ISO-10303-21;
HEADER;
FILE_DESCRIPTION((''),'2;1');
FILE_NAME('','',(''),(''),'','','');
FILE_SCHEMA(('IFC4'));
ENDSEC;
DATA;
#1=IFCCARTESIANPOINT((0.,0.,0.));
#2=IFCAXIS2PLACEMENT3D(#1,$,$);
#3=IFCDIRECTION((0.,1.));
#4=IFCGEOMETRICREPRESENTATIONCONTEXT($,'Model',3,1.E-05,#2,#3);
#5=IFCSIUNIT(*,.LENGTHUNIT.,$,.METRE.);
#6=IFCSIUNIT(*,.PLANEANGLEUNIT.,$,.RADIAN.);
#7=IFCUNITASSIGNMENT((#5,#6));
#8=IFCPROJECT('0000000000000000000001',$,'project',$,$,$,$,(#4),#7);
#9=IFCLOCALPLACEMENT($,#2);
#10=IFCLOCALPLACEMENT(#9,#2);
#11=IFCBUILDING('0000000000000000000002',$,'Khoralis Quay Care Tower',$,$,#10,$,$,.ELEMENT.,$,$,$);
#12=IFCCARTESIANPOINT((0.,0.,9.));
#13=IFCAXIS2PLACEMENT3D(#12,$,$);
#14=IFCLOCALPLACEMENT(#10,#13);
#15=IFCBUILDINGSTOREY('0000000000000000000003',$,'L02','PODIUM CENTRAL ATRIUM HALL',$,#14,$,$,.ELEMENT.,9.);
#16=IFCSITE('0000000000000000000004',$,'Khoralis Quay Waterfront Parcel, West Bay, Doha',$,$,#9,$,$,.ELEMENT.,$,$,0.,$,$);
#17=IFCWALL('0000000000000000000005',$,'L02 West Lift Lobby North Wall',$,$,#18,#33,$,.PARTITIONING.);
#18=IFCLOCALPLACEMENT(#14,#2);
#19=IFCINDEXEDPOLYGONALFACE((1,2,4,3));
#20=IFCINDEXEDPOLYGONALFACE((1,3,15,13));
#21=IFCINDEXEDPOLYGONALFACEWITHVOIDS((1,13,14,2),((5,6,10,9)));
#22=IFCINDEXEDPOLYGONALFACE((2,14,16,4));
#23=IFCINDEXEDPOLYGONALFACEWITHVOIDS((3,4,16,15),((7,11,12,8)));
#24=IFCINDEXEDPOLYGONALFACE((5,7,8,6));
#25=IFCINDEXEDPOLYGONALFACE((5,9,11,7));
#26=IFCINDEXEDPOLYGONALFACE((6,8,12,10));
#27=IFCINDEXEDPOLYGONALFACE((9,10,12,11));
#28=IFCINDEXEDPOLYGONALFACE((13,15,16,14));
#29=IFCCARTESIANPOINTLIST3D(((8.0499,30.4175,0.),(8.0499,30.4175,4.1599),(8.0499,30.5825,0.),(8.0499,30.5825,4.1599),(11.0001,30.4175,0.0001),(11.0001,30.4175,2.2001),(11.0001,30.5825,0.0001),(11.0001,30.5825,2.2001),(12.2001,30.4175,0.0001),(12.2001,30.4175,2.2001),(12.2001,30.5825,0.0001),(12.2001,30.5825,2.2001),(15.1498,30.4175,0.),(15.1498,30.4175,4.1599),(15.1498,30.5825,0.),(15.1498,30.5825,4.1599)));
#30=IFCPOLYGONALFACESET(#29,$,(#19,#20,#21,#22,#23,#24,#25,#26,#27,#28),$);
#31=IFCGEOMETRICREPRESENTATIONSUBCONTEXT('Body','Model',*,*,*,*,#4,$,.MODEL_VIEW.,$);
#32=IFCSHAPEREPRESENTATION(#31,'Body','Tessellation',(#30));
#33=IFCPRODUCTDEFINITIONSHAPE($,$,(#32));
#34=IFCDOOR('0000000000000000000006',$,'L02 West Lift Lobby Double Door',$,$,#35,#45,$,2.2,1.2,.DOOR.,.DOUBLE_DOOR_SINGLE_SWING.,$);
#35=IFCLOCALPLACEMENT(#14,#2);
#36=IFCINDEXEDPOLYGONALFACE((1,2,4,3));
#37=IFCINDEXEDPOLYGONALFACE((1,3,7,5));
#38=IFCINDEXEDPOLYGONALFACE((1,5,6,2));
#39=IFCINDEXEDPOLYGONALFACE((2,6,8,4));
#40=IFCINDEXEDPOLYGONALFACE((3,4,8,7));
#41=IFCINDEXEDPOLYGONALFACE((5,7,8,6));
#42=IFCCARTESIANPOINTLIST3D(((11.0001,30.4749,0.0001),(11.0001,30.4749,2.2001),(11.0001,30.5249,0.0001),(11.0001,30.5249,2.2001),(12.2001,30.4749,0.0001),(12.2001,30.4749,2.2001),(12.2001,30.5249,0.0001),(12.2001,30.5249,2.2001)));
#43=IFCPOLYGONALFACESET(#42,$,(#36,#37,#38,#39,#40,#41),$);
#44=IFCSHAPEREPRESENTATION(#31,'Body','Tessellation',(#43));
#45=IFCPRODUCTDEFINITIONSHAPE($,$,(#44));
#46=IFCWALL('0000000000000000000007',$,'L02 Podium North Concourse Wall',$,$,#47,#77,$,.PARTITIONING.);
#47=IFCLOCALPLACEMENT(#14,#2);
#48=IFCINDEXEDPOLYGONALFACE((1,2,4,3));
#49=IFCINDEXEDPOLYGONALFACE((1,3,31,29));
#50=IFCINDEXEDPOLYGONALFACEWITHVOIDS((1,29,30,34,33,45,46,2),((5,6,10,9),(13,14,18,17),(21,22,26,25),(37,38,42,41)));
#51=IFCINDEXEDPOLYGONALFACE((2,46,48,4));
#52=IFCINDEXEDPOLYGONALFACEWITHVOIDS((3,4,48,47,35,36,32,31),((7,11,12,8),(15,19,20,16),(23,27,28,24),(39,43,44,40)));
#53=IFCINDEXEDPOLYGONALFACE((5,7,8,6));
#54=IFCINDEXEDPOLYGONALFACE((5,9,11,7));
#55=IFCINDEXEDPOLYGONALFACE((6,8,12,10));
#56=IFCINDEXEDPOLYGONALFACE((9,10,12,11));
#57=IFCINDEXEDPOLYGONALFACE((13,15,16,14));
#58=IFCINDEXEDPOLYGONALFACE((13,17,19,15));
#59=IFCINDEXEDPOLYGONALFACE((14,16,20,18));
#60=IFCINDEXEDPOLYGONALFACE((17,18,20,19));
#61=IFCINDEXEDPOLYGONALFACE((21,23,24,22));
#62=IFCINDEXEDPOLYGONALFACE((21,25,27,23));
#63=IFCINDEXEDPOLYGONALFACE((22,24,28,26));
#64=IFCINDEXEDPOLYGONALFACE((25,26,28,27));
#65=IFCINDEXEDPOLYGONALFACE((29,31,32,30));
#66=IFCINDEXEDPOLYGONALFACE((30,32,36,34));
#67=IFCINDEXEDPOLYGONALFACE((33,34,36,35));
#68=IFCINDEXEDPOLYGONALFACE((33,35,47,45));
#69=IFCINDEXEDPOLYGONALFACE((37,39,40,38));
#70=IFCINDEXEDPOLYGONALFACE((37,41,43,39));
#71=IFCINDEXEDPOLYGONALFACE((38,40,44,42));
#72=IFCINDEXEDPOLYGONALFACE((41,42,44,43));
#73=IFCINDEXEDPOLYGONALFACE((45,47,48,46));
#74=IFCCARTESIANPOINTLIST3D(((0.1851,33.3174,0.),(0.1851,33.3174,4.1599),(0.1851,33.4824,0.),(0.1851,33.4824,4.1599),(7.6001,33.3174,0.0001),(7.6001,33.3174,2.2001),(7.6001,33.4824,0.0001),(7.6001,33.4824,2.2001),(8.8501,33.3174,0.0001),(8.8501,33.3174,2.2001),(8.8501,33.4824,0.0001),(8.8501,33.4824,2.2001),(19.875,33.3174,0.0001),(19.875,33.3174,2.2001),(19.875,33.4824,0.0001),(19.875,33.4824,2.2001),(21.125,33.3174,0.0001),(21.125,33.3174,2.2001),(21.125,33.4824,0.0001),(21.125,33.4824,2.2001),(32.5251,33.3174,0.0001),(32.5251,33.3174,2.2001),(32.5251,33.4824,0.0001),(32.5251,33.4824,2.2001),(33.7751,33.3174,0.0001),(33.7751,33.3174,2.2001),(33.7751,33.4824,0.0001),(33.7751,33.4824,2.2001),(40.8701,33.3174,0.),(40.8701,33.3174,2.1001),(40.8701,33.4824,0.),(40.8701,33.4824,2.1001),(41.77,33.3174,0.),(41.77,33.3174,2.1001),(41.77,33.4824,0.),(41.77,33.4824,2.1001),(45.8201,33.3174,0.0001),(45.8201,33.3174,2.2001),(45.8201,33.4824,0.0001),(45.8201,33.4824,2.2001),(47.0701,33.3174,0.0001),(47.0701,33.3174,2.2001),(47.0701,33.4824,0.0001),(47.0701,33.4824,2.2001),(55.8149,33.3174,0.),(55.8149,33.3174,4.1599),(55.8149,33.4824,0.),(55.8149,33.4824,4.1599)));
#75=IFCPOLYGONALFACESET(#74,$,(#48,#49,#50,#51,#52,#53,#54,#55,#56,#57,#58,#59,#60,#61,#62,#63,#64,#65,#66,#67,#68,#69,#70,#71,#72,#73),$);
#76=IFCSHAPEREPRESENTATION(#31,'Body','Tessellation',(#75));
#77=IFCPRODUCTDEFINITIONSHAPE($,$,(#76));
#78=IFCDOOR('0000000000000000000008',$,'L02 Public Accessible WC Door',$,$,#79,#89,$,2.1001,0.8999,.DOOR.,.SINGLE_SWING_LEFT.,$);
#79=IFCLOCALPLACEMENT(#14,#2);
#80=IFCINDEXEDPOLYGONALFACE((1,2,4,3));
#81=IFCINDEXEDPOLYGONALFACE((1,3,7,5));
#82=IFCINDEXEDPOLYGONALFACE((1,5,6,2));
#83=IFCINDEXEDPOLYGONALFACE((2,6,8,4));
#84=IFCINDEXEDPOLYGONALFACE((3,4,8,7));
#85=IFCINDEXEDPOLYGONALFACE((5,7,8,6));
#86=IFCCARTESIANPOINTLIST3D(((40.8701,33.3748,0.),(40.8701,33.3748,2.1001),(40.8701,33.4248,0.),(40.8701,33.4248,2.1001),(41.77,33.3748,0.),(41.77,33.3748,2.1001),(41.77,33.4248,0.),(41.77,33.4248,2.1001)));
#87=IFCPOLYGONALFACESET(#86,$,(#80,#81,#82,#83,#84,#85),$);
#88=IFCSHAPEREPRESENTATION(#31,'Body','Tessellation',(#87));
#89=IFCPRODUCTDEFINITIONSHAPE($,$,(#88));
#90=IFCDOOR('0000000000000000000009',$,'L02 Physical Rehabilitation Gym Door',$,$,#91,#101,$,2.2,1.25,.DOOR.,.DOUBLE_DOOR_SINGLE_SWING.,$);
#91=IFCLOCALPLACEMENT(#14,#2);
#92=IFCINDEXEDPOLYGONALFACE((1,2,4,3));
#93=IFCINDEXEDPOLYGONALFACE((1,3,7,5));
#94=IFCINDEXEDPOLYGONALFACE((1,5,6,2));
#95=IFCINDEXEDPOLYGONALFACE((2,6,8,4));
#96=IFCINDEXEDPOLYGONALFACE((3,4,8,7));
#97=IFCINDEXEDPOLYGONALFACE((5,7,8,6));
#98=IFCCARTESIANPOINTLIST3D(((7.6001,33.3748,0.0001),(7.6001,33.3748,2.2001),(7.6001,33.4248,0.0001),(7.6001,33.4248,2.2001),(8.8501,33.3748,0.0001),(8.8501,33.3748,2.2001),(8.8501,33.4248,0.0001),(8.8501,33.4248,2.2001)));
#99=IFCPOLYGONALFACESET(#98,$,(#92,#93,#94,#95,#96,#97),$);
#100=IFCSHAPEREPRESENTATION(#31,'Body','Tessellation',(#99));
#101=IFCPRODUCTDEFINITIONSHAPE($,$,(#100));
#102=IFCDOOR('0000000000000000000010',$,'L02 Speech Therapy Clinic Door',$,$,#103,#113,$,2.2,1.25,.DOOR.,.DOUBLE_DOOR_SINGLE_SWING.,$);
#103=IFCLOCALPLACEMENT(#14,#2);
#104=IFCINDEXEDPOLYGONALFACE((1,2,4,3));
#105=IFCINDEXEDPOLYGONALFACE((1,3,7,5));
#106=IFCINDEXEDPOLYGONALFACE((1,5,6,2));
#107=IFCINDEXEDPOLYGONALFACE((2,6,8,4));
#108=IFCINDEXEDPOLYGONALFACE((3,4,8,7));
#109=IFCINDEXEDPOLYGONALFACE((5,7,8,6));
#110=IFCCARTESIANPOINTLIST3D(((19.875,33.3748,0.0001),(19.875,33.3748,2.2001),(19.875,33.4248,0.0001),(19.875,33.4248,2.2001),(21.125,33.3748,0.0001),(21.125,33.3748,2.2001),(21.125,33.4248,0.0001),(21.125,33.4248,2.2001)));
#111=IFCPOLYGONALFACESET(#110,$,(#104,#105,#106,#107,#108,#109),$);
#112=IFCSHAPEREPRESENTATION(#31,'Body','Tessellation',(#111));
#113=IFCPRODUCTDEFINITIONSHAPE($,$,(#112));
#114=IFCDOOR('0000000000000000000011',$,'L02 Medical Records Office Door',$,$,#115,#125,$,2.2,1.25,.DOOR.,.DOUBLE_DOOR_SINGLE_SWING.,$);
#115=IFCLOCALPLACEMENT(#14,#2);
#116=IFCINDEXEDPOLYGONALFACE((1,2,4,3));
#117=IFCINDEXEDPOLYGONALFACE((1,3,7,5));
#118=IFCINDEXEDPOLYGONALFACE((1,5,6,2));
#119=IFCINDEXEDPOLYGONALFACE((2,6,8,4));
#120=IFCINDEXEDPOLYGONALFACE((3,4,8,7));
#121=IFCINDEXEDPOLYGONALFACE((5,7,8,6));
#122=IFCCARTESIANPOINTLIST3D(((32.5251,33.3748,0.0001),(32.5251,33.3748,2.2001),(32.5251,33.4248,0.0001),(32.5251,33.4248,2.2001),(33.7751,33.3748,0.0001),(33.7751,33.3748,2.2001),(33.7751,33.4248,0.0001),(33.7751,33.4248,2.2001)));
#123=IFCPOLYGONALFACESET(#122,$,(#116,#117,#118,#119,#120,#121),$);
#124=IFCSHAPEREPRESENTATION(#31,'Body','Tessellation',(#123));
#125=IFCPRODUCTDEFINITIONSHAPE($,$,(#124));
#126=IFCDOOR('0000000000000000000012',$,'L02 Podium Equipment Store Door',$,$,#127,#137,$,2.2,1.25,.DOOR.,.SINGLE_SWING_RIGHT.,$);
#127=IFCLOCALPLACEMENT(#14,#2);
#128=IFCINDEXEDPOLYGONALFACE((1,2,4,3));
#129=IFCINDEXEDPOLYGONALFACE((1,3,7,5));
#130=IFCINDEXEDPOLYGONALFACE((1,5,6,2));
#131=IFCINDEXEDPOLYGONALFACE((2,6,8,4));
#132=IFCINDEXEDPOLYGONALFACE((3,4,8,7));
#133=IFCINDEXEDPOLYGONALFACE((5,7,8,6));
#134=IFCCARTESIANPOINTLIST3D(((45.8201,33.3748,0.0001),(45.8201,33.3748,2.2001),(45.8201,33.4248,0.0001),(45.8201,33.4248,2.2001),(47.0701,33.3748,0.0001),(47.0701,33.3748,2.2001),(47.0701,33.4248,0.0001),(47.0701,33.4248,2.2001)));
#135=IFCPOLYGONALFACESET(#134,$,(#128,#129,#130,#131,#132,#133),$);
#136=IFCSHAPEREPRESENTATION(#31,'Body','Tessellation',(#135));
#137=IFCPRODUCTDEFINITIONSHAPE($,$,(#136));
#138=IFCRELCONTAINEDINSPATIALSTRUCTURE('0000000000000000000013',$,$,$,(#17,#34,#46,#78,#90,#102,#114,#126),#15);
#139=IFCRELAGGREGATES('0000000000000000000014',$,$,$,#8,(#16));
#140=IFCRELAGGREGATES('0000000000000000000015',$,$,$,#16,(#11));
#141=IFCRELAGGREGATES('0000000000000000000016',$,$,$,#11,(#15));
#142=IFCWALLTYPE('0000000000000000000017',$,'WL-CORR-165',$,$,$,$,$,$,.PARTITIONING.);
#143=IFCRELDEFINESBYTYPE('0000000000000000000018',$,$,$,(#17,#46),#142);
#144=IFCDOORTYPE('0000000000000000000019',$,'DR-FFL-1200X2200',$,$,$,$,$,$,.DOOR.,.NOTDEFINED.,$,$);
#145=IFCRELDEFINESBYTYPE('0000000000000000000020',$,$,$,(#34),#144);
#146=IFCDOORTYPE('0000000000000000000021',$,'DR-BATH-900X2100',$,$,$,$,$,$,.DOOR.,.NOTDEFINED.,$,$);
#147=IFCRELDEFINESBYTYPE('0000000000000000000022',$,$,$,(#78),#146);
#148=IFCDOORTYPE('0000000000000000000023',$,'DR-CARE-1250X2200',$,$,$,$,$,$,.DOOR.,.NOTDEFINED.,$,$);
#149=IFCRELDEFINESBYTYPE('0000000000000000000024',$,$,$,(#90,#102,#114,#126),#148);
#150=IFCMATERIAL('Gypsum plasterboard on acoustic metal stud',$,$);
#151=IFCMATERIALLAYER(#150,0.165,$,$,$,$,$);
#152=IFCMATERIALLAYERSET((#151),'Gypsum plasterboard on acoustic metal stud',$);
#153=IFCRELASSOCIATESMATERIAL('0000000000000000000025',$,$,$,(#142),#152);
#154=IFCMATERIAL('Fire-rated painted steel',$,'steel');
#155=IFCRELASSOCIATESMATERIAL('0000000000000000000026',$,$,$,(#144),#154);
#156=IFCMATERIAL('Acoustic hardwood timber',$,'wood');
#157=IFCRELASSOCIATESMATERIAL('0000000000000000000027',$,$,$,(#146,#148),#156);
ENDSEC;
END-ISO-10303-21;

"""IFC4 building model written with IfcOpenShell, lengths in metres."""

from ifc_helpers import new_model, si_unit, direction, frame, frame_2d, origin, place, context, subcontext, project, spatial, rectangle, extrude, source, transform, mapped, material, layer, layer_set, type_object, element, fill, save


model = new_model("IFC4")

# Units and contexts
model_context = context("Model", 3, precision=1e-05, world=origin(), true_north=direction((0.0, 1.0)))
body_context = subcontext(model_context, "Body", "Model", "MODEL_VIEW")
ifc_project = project(units=[si_unit("LENGTHUNIT", "METRE"), si_unit("PLANEANGLEUNIT", "RADIAN")], contexts=[model_context])

# Site, building, storey
site_placement = place(None, origin())
site = spatial("IfcSite", under=ifc_project, at=site_placement, Name="Khoralis Quay Waterfront Parcel, West Bay, Doha", CompositionType="ELEMENT", RefElevation=0.0)
building_placement = place(site_placement, origin())
building = spatial("IfcBuilding", under=site, at=building_placement, Name="Khoralis Quay Care Tower", CompositionType="ELEMENT")
storey_placement = place(building_placement, frame((0.0, 0.0, 9.0)))
storey = spatial("IfcBuildingStorey", under=building, at=storey_placement, Name="L02", Description="PODIUM CENTRAL ATRIUM HALL", CompositionType="ELEMENT", Elevation=9.0)

# Wall, opening, door
ifc_material_1 = material(Name="Gypsum plasterboard on acoustic metal stud")
ifc_layer = layer(ifc_material_1, 0.165)
ifc_layer_set = layer_set([ifc_layer], Name="Gypsum plasterboard on acoustic metal stud")
wall_type = type_object("IfcWallType", Name="WL-CORR-165", PredefinedType="PARTITIONING", material=ifc_layer_set)
wall_1_placement = place(storey_placement, frame((8.05, 30.5, 0.0), z_axis=(0.0, 0.0, 1.0), x_axis=(1.0, 0.0, 0.0)))
wall_1 = element("IfcWall", 1, at=wall_1_placement, inside=storey, type_object=wall_type, Name="L02 West Lift Lobby North Wall", PredefinedType="PARTITIONING", context=body_context, shape_type="SweptSolid", body=[
    extrude(rectangle(XDim=7.0999, YDim=0.165, at=frame_2d((3.5498, 0.0))), origin(), (0.0, 0.0, 1.0), 4.1599),
])
opening_1_placement = place(wall_1_placement, frame((2.95, 0.0, 0.0)))
opening_1 = element("IfcOpeningElement", 2, at=opening_1_placement, cuts=wall_1, PredefinedType="OPENING", context=body_context, shape_type="SweptSolid", body=[
    extrude(rectangle(XDim=1.2, YDim=2.2, at=frame_2d((0.6001, 1.1001))), frame((0.0, 0.0925, 0.0), z_axis=(0.0, -1.0, 0.0), x_axis=(1.0, 0.0, 0.0)), (0.0, 0.0, 1.0), 0.1851),
])
ifc_material_2 = material(Name="Fire-rated painted steel", Category="steel")
door_type_1 = type_object("IfcDoorType", Name="DR-FFL-1200X2200", OperationType="NOTDEFINED", PredefinedType="DOOR", material=ifc_material_2)
shared_shape_1 = source(origin(), body_context, "Body", "SweptSolid", [
    extrude(rectangle(XDim=1.2, YDim=2.2, at=frame_2d((0.6001, 1.1001))), frame((0.0, 0.0249, 0.0), z_axis=(0.0, -1.0, 0.0), x_axis=(1.0, 0.0, 0.0)), (0.0, 0.0, 1.0), 0.05),
])
door_1_placement = place(opening_1_placement, origin())
door_1 = element("IfcDoor", 3, at=door_1_placement, inside=storey, type_object=door_type_1, Name="L02 West Lift Lobby Double Door", OperationType="DOUBLE_DOOR_SINGLE_SWING", OverallHeight=2.2, OverallWidth=1.2, PredefinedType="DOOR", context=body_context, shape_type="MappedRepresentation", body=[
    mapped(shared_shape_1, transform((0.0, 0.0, 0.0), scale=1.0)),
])
fill(opening_1, door_1)

# Wall, openings, doors
wall_2_placement = place(storey_placement, frame((0.1851, 33.3999, 0.0), z_axis=(0.0, 0.0, 1.0), x_axis=(1.0, 0.0, 0.0)))
wall_2 = element("IfcWall", 4, at=wall_2_placement, inside=storey, type_object=wall_type, Name="L02 Podium North Concourse Wall", PredefinedType="PARTITIONING", context=body_context, shape_type="SweptSolid", body=[
    extrude(rectangle(XDim=55.6299, YDim=0.165, at=frame_2d((27.8149, 0.0))), origin(), (0.0, 0.0, 1.0), 4.1599),
])
opening_2_placement = place(wall_2_placement, frame((7.415, 0.0, 0.0)))
opening_2 = element("IfcOpeningElement", 5, at=opening_2_placement, cuts=wall_2, PredefinedType="OPENING", context=body_context, shape_type="SweptSolid", body=[
    extrude(rectangle(XDim=1.25, YDim=2.2, at=frame_2d((0.625, 1.1001))), frame((0.0, 0.0925, 0.0), z_axis=(0.0, -1.0, 0.0), x_axis=(1.0, 0.0, 0.0)), (0.0, 0.0, 1.0), 0.1851),
])
opening_3_placement = place(wall_2_placement, frame((19.6899, 0.0, 0.0)))
opening_3 = element("IfcOpeningElement", 6, at=opening_3_placement, cuts=wall_2, PredefinedType="OPENING", context=body_context, shape_type="SweptSolid", body=[
    extrude(rectangle(XDim=1.25, YDim=2.2, at=frame_2d((0.625, 1.1001))), frame((0.0, 0.0925, 0.0), z_axis=(0.0, -1.0, 0.0), x_axis=(1.0, 0.0, 0.0)), (0.0, 0.0, 1.0), 0.1851),
])
opening_4_placement = place(wall_2_placement, frame((32.3401, 0.0, 0.0)))
opening_4 = element("IfcOpeningElement", 7, at=opening_4_placement, cuts=wall_2, PredefinedType="OPENING", context=body_context, shape_type="SweptSolid", body=[
    extrude(rectangle(XDim=1.25, YDim=2.2, at=frame_2d((0.625, 1.1001))), frame((0.0, 0.0925, 0.0), z_axis=(0.0, -1.0, 0.0), x_axis=(1.0, 0.0, 0.0)), (0.0, 0.0, 1.0), 0.1851),
])
opening_5_placement = place(wall_2_placement, frame((40.6851, 0.0, 0.0)))
opening_5 = element("IfcOpeningElement", 8, at=opening_5_placement, cuts=wall_2, PredefinedType="OPENING", context=body_context, shape_type="SweptSolid", body=[
    extrude(rectangle(XDim=0.8999, YDim=2.1001, at=frame_2d((0.45, 1.05))), frame((0.0, 0.0925, 0.0), z_axis=(0.0, -1.0, 0.0), x_axis=(1.0, 0.0, 0.0)), (0.0, 0.0, 1.0), 0.1851),
])
opening_6_placement = place(wall_2_placement, frame((45.635, 0.0, 0.0)))
opening_6 = element("IfcOpeningElement", 9, at=opening_6_placement, cuts=wall_2, PredefinedType="OPENING", context=body_context, shape_type="SweptSolid", body=[
    extrude(rectangle(XDim=1.25, YDim=2.2, at=frame_2d((0.625, 1.1001))), frame((0.0, 0.0925, 0.0), z_axis=(0.0, -1.0, 0.0), x_axis=(1.0, 0.0, 0.0)), (0.0, 0.0, 1.0), 0.1851),
])
ifc_material_3 = material(Name="Acoustic hardwood timber", Category="wood")
door_type_2 = type_object("IfcDoorType", Name="DR-BATH-900X2100", OperationType="NOTDEFINED", PredefinedType="DOOR", material=ifc_material_3)
shared_shape_2 = source(origin(), body_context, "Body", "SweptSolid", [
    extrude(rectangle(XDim=0.8999, YDim=2.1001, at=frame_2d((0.45, 1.05))), frame((0.0, 0.0249, 0.0), z_axis=(0.0, -1.0, 0.0), x_axis=(1.0, 0.0, 0.0)), (0.0, 0.0, 1.0), 0.05),
])
door_2_placement = place(opening_5_placement, origin())
door_2 = element("IfcDoor", 10, at=door_2_placement, inside=storey, type_object=door_type_2, Name="L02 Public Accessible WC Door", OperationType="SINGLE_SWING_LEFT", OverallHeight=2.1001, OverallWidth=0.8999, PredefinedType="DOOR", context=body_context, shape_type="MappedRepresentation", body=[
    mapped(shared_shape_2, transform((0.0, 0.0, 0.0), scale=1.0)),
])
fill(opening_5, door_2)
door_type_3 = type_object("IfcDoorType", Name="DR-CARE-1250X2200", OperationType="NOTDEFINED", PredefinedType="DOOR", material=ifc_material_3)
shared_shape_3 = source(origin(), body_context, "Body", "SweptSolid", [
    extrude(rectangle(XDim=1.25, YDim=2.2, at=frame_2d((0.625, 1.1001))), frame((0.0, 0.0249, 0.0), z_axis=(0.0, -1.0, 0.0), x_axis=(1.0, 0.0, 0.0)), (0.0, 0.0, 1.0), 0.05),
])
door_3_placement = place(opening_2_placement, origin())
door_3 = element("IfcDoor", 11, at=door_3_placement, inside=storey, type_object=door_type_3, Name="L02 Physical Rehabilitation Gym Door", OperationType="DOUBLE_DOOR_SINGLE_SWING", OverallHeight=2.2, OverallWidth=1.25, PredefinedType="DOOR", context=body_context, shape_type="MappedRepresentation", body=[
    mapped(shared_shape_3, transform((0.0, 0.0, 0.0), scale=1.0)),
])
fill(opening_2, door_3)
door_4_placement = place(opening_3_placement, origin())
door_4 = element("IfcDoor", 12, at=door_4_placement, inside=storey, type_object=door_type_3, Name="L02 Speech Therapy Clinic Door", OperationType="DOUBLE_DOOR_SINGLE_SWING", OverallHeight=2.2, OverallWidth=1.25, PredefinedType="DOOR", context=body_context, shape_type="MappedRepresentation", body=[
    mapped(shared_shape_3, transform((0.0, 0.0, 0.0), scale=1.0)),
])
fill(opening_3, door_4)
door_5_placement = place(opening_4_placement, origin())
door_5 = element("IfcDoor", 13, at=door_5_placement, inside=storey, type_object=door_type_3, Name="L02 Medical Records Office Door", OperationType="DOUBLE_DOOR_SINGLE_SWING", OverallHeight=2.2, OverallWidth=1.25, PredefinedType="DOOR", context=body_context, shape_type="MappedRepresentation", body=[
    mapped(shared_shape_3, transform((0.0, 0.0, 0.0), scale=1.0)),
])
fill(opening_4, door_5)
door_6_placement = place(opening_6_placement, origin())
door_6 = element("IfcDoor", 14, at=door_6_placement, inside=storey, type_object=door_type_3, Name="L02 Podium Equipment Store Door", OperationType="SINGLE_SWING_RIGHT", OverallHeight=2.2, OverallWidth=1.25, PredefinedType="DOOR", context=body_context, shape_type="MappedRepresentation", body=[
    mapped(shared_shape_3, transform((0.0, 0.0, 0.0), scale=1.0)),
])
fill(opening_6, door_6)

save(model, "model.ifc")
